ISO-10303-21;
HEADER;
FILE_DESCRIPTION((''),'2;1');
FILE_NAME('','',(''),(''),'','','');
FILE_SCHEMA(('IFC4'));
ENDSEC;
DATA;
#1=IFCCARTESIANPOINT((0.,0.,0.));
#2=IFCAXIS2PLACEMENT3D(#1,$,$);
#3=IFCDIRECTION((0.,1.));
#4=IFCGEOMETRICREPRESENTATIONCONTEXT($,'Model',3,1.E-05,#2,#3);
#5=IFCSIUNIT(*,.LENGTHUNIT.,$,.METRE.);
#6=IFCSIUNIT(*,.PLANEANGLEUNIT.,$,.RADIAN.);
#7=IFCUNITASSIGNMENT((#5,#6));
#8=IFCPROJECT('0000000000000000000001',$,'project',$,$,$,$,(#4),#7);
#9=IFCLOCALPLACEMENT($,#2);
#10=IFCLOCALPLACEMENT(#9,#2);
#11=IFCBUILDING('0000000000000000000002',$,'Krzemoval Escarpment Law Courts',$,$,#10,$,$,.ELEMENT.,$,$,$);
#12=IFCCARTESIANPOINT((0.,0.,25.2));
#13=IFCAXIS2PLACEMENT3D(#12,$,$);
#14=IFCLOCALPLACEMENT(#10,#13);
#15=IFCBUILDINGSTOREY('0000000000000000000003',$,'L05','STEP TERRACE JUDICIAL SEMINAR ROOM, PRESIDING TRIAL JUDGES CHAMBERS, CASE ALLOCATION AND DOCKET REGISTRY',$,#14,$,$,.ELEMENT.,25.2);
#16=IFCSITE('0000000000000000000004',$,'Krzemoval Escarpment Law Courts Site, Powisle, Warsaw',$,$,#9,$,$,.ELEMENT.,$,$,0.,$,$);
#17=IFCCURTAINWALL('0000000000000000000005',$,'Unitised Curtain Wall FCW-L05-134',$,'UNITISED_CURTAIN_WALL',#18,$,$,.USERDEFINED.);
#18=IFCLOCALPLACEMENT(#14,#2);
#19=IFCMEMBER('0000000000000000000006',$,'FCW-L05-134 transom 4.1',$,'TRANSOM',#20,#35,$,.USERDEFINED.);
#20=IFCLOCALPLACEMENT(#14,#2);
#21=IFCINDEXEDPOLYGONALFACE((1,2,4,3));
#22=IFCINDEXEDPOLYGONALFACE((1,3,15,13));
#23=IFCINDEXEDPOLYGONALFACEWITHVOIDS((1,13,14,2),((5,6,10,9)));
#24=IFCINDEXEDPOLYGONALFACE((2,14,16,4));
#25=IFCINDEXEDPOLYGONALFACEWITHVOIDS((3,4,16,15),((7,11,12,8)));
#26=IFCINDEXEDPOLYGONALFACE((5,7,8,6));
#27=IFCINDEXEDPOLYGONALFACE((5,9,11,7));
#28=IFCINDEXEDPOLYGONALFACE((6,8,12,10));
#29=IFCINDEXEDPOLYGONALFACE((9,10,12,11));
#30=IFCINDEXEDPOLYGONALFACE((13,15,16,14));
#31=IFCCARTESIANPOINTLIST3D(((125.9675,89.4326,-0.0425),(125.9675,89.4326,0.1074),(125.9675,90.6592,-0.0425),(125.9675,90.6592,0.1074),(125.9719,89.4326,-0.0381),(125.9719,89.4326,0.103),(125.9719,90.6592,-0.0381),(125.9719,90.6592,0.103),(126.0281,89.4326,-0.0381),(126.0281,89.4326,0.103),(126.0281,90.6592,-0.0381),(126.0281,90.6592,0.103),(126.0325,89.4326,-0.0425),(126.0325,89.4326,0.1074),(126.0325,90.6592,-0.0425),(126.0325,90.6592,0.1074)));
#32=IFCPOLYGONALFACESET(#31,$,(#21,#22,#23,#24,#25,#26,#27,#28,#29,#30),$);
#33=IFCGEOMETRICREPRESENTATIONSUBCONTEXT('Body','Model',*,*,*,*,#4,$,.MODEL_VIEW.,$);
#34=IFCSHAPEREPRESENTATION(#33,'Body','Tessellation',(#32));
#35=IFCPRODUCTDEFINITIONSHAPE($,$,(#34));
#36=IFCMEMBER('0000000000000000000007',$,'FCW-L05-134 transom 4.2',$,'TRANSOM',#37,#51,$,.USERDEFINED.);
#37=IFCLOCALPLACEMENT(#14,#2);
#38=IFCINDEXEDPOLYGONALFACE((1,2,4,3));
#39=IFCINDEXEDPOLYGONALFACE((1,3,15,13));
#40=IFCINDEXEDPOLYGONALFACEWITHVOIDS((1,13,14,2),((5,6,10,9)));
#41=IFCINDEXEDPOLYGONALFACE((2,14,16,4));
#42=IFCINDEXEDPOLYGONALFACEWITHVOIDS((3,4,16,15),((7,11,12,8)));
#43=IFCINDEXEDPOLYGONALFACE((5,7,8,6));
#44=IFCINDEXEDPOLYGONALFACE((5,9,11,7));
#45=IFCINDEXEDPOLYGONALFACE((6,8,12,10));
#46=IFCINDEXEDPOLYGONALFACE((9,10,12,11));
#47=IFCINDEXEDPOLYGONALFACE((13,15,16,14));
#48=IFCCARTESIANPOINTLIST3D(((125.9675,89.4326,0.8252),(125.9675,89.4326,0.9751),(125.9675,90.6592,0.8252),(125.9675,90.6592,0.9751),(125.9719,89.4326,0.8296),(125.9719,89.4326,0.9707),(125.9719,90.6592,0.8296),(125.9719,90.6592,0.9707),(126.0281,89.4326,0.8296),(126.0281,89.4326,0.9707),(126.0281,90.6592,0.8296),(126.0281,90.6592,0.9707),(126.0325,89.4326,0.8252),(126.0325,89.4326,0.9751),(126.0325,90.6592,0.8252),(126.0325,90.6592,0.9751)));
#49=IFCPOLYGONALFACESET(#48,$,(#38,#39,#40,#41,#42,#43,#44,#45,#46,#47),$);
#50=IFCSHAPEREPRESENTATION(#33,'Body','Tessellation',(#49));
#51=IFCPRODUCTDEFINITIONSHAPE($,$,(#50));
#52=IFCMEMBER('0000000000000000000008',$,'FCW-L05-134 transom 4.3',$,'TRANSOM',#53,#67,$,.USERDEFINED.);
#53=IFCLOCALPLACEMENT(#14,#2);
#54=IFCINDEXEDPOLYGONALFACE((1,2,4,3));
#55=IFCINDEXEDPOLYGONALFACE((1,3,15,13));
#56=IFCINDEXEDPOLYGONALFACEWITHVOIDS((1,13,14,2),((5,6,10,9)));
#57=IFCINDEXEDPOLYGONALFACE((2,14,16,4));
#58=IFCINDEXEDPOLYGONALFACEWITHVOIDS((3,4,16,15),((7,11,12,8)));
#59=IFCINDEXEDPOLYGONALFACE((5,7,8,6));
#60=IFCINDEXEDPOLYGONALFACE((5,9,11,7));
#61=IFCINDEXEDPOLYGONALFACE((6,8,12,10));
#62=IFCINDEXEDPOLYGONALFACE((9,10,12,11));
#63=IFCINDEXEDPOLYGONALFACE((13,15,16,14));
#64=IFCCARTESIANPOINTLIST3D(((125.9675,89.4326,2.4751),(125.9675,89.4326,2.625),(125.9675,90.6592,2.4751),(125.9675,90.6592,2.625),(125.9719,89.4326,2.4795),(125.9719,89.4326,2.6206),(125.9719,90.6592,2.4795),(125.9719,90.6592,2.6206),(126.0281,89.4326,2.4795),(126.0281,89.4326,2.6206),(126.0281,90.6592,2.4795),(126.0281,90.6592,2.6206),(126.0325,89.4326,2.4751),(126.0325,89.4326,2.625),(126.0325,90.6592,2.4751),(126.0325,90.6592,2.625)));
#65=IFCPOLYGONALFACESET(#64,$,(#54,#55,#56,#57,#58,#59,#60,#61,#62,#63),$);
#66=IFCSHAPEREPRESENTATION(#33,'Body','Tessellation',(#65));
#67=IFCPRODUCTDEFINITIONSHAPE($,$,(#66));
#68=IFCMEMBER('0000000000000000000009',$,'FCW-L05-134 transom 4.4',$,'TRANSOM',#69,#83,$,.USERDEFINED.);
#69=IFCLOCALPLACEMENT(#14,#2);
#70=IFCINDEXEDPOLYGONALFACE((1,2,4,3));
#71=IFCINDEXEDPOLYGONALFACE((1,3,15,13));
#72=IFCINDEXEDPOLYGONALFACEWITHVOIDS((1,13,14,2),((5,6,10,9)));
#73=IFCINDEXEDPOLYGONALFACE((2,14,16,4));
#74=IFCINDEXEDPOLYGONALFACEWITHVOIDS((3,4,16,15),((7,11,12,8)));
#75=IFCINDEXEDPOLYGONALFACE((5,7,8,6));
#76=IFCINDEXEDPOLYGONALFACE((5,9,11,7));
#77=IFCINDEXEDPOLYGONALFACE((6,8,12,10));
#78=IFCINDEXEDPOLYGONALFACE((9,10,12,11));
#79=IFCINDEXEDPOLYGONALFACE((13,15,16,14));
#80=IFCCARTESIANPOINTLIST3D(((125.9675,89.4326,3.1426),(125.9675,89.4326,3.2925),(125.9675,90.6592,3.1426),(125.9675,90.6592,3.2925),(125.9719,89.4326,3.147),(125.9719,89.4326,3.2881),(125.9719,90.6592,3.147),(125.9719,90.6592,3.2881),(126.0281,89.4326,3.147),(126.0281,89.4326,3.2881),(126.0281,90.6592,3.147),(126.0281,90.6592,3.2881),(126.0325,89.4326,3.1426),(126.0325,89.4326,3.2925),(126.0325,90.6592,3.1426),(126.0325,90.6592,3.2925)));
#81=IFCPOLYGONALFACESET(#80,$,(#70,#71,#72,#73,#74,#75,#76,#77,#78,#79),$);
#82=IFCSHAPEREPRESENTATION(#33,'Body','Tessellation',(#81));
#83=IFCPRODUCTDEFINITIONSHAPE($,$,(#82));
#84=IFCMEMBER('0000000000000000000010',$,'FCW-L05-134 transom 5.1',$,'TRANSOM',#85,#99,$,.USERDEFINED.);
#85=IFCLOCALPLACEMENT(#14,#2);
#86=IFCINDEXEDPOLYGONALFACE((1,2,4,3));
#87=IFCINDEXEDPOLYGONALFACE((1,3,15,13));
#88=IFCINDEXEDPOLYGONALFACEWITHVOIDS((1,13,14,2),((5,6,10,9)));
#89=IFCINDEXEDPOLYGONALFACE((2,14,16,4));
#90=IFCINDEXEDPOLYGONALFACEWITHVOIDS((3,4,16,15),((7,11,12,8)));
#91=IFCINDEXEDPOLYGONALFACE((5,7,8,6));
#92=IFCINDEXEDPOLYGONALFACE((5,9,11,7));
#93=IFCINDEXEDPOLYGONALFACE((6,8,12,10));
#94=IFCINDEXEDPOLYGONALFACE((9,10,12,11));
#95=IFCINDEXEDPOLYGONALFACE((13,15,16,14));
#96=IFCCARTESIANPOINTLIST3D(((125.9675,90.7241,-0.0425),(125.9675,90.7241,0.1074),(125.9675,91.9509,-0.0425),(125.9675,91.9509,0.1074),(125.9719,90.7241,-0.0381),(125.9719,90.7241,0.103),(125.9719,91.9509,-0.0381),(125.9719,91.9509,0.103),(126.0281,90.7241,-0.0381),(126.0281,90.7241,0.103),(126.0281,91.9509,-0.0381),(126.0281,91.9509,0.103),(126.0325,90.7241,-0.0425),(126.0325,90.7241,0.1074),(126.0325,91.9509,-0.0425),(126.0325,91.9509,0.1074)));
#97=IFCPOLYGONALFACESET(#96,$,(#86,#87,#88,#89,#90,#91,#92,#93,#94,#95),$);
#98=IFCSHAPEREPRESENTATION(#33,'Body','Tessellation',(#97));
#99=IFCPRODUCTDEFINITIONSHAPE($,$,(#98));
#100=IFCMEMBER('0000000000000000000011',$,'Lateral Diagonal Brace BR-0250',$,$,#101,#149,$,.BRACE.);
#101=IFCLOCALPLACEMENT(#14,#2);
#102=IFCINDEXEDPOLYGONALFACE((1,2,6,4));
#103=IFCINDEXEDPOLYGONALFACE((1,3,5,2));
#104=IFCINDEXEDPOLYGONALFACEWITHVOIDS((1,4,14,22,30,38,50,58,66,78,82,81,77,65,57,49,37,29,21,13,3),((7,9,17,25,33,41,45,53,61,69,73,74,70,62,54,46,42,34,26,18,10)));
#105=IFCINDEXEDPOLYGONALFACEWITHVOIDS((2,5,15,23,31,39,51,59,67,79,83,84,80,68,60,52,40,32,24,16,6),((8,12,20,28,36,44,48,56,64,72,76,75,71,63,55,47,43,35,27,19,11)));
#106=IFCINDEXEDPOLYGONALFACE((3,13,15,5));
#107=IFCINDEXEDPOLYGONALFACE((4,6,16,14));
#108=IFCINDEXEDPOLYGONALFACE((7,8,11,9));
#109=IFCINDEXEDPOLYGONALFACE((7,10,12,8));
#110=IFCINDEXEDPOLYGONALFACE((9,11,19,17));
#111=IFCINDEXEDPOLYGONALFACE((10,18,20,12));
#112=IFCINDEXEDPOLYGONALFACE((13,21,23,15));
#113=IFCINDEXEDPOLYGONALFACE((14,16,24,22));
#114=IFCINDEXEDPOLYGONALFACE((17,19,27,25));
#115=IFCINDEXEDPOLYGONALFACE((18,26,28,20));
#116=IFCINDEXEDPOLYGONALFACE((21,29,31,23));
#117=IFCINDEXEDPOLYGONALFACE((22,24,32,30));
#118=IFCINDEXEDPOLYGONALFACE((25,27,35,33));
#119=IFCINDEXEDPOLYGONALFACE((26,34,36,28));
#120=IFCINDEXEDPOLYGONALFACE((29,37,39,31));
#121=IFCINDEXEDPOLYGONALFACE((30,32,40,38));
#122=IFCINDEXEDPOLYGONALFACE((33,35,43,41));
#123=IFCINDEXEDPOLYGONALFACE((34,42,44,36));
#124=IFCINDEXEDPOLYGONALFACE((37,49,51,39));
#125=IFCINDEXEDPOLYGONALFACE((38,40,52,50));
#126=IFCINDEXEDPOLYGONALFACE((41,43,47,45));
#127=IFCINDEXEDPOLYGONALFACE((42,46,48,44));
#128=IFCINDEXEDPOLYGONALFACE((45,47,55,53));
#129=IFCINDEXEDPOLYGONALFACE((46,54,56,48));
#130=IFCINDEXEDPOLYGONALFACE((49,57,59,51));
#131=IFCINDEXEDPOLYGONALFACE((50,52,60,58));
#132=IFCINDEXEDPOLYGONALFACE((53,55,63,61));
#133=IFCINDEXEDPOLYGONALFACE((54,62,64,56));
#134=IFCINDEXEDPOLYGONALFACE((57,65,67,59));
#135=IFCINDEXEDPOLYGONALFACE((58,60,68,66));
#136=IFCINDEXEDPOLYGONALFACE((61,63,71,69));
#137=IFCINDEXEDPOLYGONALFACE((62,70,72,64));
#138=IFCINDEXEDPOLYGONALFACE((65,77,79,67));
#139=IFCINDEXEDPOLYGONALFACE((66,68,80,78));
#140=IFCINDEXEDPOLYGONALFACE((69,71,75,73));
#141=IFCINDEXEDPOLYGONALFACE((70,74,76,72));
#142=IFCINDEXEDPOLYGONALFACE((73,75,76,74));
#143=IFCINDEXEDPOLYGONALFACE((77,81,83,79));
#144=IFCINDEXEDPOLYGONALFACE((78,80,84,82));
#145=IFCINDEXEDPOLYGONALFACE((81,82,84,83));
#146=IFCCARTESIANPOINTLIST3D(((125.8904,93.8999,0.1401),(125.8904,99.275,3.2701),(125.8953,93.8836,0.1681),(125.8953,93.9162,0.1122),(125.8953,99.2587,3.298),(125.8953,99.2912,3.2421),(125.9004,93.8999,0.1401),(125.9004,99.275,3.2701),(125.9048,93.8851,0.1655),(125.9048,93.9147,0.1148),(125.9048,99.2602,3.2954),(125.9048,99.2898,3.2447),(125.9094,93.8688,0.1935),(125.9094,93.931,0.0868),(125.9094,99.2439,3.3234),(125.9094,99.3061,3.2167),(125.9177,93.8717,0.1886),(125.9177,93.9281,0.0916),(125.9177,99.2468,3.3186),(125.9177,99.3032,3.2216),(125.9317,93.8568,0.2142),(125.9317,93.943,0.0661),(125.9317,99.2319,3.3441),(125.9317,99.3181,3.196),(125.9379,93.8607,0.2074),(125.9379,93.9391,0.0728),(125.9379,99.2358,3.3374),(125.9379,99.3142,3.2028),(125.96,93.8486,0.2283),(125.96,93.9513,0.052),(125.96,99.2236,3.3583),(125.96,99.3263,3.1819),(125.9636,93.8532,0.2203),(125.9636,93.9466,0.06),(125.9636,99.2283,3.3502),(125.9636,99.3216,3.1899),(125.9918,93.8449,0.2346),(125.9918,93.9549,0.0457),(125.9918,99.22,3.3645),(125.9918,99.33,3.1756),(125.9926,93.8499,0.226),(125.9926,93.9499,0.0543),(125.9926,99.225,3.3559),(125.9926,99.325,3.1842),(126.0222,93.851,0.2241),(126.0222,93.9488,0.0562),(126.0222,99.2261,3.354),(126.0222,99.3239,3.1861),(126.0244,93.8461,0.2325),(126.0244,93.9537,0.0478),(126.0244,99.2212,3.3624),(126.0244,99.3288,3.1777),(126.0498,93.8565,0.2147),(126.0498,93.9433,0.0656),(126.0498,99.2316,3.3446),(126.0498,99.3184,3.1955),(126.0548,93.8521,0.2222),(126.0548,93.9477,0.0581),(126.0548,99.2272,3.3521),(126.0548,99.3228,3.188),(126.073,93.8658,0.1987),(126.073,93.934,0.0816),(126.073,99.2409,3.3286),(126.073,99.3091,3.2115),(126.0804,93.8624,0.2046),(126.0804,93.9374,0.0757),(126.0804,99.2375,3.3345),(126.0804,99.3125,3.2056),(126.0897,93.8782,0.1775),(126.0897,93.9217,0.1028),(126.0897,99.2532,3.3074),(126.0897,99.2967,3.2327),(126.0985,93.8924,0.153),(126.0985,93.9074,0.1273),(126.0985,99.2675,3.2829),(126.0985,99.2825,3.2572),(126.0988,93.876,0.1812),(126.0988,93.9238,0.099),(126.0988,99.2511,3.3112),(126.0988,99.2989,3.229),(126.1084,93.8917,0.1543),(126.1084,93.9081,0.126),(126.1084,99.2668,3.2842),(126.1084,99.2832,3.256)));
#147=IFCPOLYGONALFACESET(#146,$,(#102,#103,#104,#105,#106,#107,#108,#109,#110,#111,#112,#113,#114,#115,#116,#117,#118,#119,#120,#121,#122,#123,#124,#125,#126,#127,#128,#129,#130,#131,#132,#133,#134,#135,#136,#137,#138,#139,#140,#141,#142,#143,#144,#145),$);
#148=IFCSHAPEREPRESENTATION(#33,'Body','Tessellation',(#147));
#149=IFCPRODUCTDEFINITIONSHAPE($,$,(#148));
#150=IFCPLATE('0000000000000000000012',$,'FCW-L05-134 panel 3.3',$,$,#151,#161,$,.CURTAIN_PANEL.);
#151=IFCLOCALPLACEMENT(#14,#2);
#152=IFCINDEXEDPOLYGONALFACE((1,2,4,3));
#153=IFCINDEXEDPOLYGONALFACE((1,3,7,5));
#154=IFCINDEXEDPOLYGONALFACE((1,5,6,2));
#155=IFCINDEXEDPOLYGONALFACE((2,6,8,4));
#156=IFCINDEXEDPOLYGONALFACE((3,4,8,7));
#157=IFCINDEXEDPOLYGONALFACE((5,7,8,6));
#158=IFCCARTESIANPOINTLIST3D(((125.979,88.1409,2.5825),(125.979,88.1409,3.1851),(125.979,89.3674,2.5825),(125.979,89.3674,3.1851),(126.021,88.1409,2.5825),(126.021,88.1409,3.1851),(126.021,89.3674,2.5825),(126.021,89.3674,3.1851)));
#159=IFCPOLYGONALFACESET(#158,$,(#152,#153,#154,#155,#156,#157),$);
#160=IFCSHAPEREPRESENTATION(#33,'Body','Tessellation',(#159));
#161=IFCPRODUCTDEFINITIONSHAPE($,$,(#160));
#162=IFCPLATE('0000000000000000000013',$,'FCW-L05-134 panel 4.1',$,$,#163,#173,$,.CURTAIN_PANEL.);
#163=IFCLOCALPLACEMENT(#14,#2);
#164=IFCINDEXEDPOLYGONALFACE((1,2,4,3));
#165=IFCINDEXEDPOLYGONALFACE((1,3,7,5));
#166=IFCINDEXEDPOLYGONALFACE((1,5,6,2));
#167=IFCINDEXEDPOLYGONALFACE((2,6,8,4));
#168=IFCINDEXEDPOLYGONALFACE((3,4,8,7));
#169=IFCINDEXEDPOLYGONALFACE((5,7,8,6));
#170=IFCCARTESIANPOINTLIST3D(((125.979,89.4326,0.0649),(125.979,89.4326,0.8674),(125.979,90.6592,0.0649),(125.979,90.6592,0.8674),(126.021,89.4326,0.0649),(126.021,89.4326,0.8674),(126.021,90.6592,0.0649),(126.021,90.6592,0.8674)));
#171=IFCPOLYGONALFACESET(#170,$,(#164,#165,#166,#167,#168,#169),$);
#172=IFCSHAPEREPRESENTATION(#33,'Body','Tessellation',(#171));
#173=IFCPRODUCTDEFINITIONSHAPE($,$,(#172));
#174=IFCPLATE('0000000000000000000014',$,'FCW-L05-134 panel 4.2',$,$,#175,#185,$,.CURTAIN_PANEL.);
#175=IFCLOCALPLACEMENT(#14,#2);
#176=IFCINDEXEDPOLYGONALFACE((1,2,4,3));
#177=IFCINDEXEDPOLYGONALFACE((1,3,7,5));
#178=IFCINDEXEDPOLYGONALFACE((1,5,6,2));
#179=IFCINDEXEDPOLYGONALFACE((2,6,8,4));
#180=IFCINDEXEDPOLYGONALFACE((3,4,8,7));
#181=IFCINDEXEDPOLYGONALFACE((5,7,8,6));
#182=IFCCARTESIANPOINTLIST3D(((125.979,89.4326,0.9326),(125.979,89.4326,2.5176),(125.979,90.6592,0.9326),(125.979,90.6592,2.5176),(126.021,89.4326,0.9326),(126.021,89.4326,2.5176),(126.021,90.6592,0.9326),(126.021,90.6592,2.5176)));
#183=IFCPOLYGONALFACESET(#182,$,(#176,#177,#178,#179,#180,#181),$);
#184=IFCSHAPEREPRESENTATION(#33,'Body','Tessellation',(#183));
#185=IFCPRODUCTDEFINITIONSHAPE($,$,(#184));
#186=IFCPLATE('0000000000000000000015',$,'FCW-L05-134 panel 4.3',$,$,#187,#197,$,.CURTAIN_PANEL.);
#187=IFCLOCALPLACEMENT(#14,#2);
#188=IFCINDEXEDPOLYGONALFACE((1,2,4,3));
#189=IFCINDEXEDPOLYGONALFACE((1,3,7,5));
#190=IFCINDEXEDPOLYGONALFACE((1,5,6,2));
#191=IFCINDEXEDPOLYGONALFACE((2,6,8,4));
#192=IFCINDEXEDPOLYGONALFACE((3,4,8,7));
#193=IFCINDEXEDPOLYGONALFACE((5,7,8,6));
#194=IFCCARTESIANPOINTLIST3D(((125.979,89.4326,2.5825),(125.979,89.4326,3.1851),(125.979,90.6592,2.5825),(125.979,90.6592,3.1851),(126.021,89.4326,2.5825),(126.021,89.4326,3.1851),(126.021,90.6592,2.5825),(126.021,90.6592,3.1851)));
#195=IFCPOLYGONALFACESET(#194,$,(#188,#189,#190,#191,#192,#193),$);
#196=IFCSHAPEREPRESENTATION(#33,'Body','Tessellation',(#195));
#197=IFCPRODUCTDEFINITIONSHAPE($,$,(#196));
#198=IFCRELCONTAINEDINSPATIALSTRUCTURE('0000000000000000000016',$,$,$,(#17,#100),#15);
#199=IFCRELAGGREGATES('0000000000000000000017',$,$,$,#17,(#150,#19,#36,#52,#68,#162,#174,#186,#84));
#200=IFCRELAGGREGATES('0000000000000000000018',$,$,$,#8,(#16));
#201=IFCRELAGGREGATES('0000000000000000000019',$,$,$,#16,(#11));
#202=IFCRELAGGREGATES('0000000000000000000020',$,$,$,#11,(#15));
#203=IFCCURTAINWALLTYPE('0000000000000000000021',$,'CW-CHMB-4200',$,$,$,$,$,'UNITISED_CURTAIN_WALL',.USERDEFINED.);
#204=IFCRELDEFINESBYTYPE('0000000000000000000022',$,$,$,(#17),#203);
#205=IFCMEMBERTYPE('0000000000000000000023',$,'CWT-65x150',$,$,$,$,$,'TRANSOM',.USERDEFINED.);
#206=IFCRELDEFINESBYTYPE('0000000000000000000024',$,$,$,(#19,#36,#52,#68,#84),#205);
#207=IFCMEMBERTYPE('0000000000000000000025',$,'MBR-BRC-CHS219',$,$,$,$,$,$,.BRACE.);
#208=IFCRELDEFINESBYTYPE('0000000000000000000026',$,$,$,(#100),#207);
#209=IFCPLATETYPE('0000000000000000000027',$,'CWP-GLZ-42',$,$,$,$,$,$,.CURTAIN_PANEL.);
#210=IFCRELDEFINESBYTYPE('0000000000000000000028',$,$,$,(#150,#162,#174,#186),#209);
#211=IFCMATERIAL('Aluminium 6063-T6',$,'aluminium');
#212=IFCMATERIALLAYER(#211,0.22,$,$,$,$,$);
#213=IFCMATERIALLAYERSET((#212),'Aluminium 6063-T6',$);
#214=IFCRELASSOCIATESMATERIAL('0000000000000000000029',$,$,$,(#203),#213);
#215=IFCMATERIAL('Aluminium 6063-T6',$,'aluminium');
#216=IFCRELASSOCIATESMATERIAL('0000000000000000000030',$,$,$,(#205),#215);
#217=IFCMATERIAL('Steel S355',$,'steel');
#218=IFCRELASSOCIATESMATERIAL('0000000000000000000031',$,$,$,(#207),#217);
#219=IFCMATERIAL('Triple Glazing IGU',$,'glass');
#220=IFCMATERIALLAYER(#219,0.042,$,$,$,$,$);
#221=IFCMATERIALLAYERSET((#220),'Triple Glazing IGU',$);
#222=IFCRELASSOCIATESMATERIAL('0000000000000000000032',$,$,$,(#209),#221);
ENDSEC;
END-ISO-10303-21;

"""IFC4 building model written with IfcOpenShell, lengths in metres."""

from ifc_helpers import new_model, si_unit, direction, frame, origin, origin_2d, place, context, subcontext, project, spatial, rectangle, hollow_rectangle, hollow_circle, extrude, material, layer, layer_set, material_profile, profile_set, type_object, element, aggregate, save


model = new_model("IFC4")

# Units and contexts
model_context = context("Model", 3, precision=1e-05, world=origin(), true_north=direction((0.0, 1.0)))
body_context = subcontext(model_context, "Body", "Model", "MODEL_VIEW")
ifc_project = project(units=[si_unit("LENGTHUNIT", "METRE"), si_unit("PLANEANGLEUNIT", "RADIAN")], contexts=[model_context])

# Site, building, storey
site_placement = place(None, origin())
site = spatial("IfcSite", under=ifc_project, at=site_placement, Name="Krzemoval Escarpment Law Courts Site, Powisle, Warsaw", CompositionType="ELEMENT", RefElevation=0.0)
building_placement = place(site_placement, origin())
building = spatial("IfcBuilding", under=site, at=building_placement, Name="Krzemoval Escarpment Law Courts", CompositionType="ELEMENT")
storey_placement = place(building_placement, frame((0.0, 0.0, 25.2)))
storey = spatial("IfcBuildingStorey", under=building, at=storey_placement, Name="L05", Description="STEP TERRACE JUDICIAL SEMINAR ROOM, PRESIDING TRIAL JUDGES CHAMBERS, CASE ALLOCATION AND DOCKET REGISTRY", CompositionType="ELEMENT", Elevation=25.2)

# Curtain wall, members
ifc_material_1 = material(Name="Aluminium 6063-T6", Category="aluminium")
ifc_layer_1 = layer(ifc_material_1, 0.22)
ifc_layer_set_1 = layer_set([ifc_layer_1], Name="Aluminium 6063-T6")
curtain_wall_type = type_object("IfcCurtainWallType", Name="CW-CHMB-4200", ElementType="UNITISED_CURTAIN_WALL", PredefinedType="USERDEFINED", material=ifc_layer_set_1)
curtain_wall_placement = place(storey_placement, origin())
curtain_wall = element("IfcCurtainWall", 1, at=curtain_wall_placement, inside=storey, type_object=curtain_wall_type, Name="Unitised Curtain Wall FCW-L05-134", ObjectType="UNITISED_CURTAIN_WALL", PredefinedType="USERDEFINED")
ifc_material_2 = material(Name="Aluminium 6063-T6", Category="aluminium")
ifc_material_profile_1 = material_profile(ifc_material_2, hollow_rectangle(XDim=0.0649, YDim=0.1499, WallThickness=0.0044, at=origin_2d()), Name="ALU T65x150")
ifc_profile_set_1 = profile_set([ifc_material_profile_1], Name="Aluminium 6063-T6")
member_type_1 = type_object("IfcMemberType", Name="CWT-65x150", ElementType="TRANSOM", PredefinedType="USERDEFINED", material=ifc_profile_set_1)
member_1_placement = place(storey_placement, frame((126.0, 89.4326, 0.0325), z_axis=(0.0, 1.0, 0.0), x_axis=(-1.0, 0.0, 0.0)))
member_1 = element("IfcMember", 2, at=member_1_placement, type_object=member_type_1, Name="FCW-L05-134 transom 4.1", ObjectType="TRANSOM", PredefinedType="USERDEFINED", context=body_context, shape_type="SweptSolid", body=[
    extrude(hollow_rectangle(XDim=0.0649, YDim=0.1499, WallThickness=0.0044, at=origin_2d()), origin(), (0.0, 0.0, 1.0), 1.2266),
])
member_2_placement = place(storey_placement, frame((126.0, 89.4326, 0.9001), z_axis=(0.0, 1.0, 0.0), x_axis=(-1.0, 0.0, 0.0)))
member_2 = element("IfcMember", 3, at=member_2_placement, type_object=member_type_1, Name="FCW-L05-134 transom 4.2", ObjectType="TRANSOM", PredefinedType="USERDEFINED", context=body_context, shape_type="SweptSolid", body=[
    extrude(hollow_rectangle(XDim=0.0649, YDim=0.1499, WallThickness=0.0044, at=origin_2d()), origin(), (0.0, 0.0, 1.0), 1.2266),
])
member_3_placement = place(storey_placement, frame((126.0, 89.4326, 2.55), z_axis=(0.0, 1.0, 0.0), x_axis=(-1.0, 0.0, 0.0)))
member_3 = element("IfcMember", 4, at=member_3_placement, type_object=member_type_1, Name="FCW-L05-134 transom 4.3", ObjectType="TRANSOM", PredefinedType="USERDEFINED", context=body_context, shape_type="SweptSolid", body=[
    extrude(hollow_rectangle(XDim=0.0649, YDim=0.1499, WallThickness=0.0044, at=origin_2d()), origin(), (0.0, 0.0, 1.0), 1.2266),
])
member_4_placement = place(storey_placement, frame((126.0, 89.4326, 3.2175), z_axis=(0.0, 1.0, 0.0), x_axis=(-1.0, 0.0, 0.0)))
member_4 = element("IfcMember", 5, at=member_4_placement, type_object=member_type_1, Name="FCW-L05-134 transom 4.4", ObjectType="TRANSOM", PredefinedType="USERDEFINED", context=body_context, shape_type="SweptSolid", body=[
    extrude(hollow_rectangle(XDim=0.0649, YDim=0.1499, WallThickness=0.0044, at=origin_2d()), origin(), (0.0, 0.0, 1.0), 1.2266),
])
member_5_placement = place(storey_placement, frame((126.0, 90.7241, 0.0325), z_axis=(0.0, 1.0, 0.0), x_axis=(-1.0, 0.0, 0.0)))
member_5 = element("IfcMember", 6, at=member_5_placement, type_object=member_type_1, Name="FCW-L05-134 transom 5.1", ObjectType="TRANSOM", PredefinedType="USERDEFINED", context=body_context, shape_type="SweptSolid", body=[
    extrude(hollow_rectangle(XDim=0.0649, YDim=0.1499, WallThickness=0.0044, at=origin_2d()), origin(), (0.0, 0.0, 1.0), 1.2268),
])

# Member
ifc_material_3 = material(Name="Steel S355", Category="steel")
ifc_material_profile_2 = material_profile(ifc_material_3, hollow_circle(Radius=0.1096, WallThickness=0.01, at=origin_2d()), Name="CHS 219.1x10")
ifc_profile_set_2 = profile_set([ifc_material_profile_2], Name="Steel S355")
member_type_2 = type_object("IfcMemberType", Name="MBR-BRC-CHS219", PredefinedType="BRACE", material=ifc_profile_set_2)
member_6_placement = place(storey_placement, frame((126.0, 93.8999, 0.1401), z_axis=(0.0, 0.864166, 0.503207), x_axis=(-1.0, 0.0, 0.0)))
element("IfcMember", 7, at=member_6_placement, inside=storey, type_object=member_type_2, Name="Lateral Diagonal Brace BR-0250", PredefinedType="BRACE", context=body_context, shape_type="SweptSolid", body=[
    extrude(hollow_circle(Radius=0.1096, WallThickness=0.01, at=origin_2d()), origin(), (0.0, 0.0, 1.0), 6.22),
])

# Plates
ifc_material_4 = material(Name="Triple Glazing IGU", Category="glass")
ifc_layer_2 = layer(ifc_material_4, 0.042)
ifc_layer_set_2 = layer_set([ifc_layer_2], Name="Triple Glazing IGU")
plate_type_1 = type_object("IfcPlateType", Name="CWP-GLZ-42", PredefinedType="CURTAIN_PANEL", material=ifc_layer_set_2)
plate_1_placement = place(storey_placement, frame((126.0, 88.7542, 2.5825), z_axis=(0.0, 0.0, 1.0), x_axis=(0.0, 1.0, 0.0)))
plate_1 = element("IfcPlate", 8, at=plate_1_placement, type_object=plate_type_1, Name="FCW-L05-134 panel 3.3", PredefinedType="CURTAIN_PANEL", context=body_context, shape_type="SweptSolid", body=[
    extrude(rectangle(XDim=1.2266, YDim=0.042, at=origin_2d()), origin(), (0.0, 0.0, 1.0), 0.6025),
])
plate_2_placement = place(storey_placement, frame((126.0, 90.0459, 0.0649), z_axis=(0.0, 0.0, 1.0), x_axis=(0.0, 1.0, 0.0)))
plate_2 = element("IfcPlate", 9, at=plate_2_placement, type_object=plate_type_1, Name="FCW-L05-134 panel 4.1", PredefinedType="CURTAIN_PANEL", context=body_context, shape_type="SweptSolid", body=[
    extrude(rectangle(XDim=1.2266, YDim=0.042, at=origin_2d()), origin(), (0.0, 0.0, 1.0), 0.8025),
])
plate_3_placement = place(storey_placement, frame((126.0, 90.0459, 0.9326), z_axis=(0.0, 0.0, 1.0), x_axis=(0.0, 1.0, 0.0)))
plate_3 = element("IfcPlate", 10, at=plate_3_placement, type_object=plate_type_1, Name="FCW-L05-134 panel 4.2", PredefinedType="CURTAIN_PANEL", context=body_context, shape_type="SweptSolid", body=[
    extrude(rectangle(XDim=1.2266, YDim=0.042, at=origin_2d()), origin(), (0.0, 0.0, 1.0), 1.585),
])
plate_4_placement = place(storey_placement, frame((126.0, 90.0459, 2.5825), z_axis=(0.0, 0.0, 1.0), x_axis=(0.0, 1.0, 0.0)))
plate_4 = element("IfcPlate", 11, at=plate_4_placement, type_object=plate_type_1, Name="FCW-L05-134 panel 4.3", PredefinedType="CURTAIN_PANEL", context=body_context, shape_type="SweptSolid", body=[
    extrude(rectangle(XDim=1.2266, YDim=0.042, at=origin_2d()), origin(), (0.0, 0.0, 1.0), 0.6025),
])
aggregate(curtain_wall, [plate_1, member_1, member_2, member_3, member_4, plate_2, plate_3, plate_4, member_5])

save(model, "model.ifc")
